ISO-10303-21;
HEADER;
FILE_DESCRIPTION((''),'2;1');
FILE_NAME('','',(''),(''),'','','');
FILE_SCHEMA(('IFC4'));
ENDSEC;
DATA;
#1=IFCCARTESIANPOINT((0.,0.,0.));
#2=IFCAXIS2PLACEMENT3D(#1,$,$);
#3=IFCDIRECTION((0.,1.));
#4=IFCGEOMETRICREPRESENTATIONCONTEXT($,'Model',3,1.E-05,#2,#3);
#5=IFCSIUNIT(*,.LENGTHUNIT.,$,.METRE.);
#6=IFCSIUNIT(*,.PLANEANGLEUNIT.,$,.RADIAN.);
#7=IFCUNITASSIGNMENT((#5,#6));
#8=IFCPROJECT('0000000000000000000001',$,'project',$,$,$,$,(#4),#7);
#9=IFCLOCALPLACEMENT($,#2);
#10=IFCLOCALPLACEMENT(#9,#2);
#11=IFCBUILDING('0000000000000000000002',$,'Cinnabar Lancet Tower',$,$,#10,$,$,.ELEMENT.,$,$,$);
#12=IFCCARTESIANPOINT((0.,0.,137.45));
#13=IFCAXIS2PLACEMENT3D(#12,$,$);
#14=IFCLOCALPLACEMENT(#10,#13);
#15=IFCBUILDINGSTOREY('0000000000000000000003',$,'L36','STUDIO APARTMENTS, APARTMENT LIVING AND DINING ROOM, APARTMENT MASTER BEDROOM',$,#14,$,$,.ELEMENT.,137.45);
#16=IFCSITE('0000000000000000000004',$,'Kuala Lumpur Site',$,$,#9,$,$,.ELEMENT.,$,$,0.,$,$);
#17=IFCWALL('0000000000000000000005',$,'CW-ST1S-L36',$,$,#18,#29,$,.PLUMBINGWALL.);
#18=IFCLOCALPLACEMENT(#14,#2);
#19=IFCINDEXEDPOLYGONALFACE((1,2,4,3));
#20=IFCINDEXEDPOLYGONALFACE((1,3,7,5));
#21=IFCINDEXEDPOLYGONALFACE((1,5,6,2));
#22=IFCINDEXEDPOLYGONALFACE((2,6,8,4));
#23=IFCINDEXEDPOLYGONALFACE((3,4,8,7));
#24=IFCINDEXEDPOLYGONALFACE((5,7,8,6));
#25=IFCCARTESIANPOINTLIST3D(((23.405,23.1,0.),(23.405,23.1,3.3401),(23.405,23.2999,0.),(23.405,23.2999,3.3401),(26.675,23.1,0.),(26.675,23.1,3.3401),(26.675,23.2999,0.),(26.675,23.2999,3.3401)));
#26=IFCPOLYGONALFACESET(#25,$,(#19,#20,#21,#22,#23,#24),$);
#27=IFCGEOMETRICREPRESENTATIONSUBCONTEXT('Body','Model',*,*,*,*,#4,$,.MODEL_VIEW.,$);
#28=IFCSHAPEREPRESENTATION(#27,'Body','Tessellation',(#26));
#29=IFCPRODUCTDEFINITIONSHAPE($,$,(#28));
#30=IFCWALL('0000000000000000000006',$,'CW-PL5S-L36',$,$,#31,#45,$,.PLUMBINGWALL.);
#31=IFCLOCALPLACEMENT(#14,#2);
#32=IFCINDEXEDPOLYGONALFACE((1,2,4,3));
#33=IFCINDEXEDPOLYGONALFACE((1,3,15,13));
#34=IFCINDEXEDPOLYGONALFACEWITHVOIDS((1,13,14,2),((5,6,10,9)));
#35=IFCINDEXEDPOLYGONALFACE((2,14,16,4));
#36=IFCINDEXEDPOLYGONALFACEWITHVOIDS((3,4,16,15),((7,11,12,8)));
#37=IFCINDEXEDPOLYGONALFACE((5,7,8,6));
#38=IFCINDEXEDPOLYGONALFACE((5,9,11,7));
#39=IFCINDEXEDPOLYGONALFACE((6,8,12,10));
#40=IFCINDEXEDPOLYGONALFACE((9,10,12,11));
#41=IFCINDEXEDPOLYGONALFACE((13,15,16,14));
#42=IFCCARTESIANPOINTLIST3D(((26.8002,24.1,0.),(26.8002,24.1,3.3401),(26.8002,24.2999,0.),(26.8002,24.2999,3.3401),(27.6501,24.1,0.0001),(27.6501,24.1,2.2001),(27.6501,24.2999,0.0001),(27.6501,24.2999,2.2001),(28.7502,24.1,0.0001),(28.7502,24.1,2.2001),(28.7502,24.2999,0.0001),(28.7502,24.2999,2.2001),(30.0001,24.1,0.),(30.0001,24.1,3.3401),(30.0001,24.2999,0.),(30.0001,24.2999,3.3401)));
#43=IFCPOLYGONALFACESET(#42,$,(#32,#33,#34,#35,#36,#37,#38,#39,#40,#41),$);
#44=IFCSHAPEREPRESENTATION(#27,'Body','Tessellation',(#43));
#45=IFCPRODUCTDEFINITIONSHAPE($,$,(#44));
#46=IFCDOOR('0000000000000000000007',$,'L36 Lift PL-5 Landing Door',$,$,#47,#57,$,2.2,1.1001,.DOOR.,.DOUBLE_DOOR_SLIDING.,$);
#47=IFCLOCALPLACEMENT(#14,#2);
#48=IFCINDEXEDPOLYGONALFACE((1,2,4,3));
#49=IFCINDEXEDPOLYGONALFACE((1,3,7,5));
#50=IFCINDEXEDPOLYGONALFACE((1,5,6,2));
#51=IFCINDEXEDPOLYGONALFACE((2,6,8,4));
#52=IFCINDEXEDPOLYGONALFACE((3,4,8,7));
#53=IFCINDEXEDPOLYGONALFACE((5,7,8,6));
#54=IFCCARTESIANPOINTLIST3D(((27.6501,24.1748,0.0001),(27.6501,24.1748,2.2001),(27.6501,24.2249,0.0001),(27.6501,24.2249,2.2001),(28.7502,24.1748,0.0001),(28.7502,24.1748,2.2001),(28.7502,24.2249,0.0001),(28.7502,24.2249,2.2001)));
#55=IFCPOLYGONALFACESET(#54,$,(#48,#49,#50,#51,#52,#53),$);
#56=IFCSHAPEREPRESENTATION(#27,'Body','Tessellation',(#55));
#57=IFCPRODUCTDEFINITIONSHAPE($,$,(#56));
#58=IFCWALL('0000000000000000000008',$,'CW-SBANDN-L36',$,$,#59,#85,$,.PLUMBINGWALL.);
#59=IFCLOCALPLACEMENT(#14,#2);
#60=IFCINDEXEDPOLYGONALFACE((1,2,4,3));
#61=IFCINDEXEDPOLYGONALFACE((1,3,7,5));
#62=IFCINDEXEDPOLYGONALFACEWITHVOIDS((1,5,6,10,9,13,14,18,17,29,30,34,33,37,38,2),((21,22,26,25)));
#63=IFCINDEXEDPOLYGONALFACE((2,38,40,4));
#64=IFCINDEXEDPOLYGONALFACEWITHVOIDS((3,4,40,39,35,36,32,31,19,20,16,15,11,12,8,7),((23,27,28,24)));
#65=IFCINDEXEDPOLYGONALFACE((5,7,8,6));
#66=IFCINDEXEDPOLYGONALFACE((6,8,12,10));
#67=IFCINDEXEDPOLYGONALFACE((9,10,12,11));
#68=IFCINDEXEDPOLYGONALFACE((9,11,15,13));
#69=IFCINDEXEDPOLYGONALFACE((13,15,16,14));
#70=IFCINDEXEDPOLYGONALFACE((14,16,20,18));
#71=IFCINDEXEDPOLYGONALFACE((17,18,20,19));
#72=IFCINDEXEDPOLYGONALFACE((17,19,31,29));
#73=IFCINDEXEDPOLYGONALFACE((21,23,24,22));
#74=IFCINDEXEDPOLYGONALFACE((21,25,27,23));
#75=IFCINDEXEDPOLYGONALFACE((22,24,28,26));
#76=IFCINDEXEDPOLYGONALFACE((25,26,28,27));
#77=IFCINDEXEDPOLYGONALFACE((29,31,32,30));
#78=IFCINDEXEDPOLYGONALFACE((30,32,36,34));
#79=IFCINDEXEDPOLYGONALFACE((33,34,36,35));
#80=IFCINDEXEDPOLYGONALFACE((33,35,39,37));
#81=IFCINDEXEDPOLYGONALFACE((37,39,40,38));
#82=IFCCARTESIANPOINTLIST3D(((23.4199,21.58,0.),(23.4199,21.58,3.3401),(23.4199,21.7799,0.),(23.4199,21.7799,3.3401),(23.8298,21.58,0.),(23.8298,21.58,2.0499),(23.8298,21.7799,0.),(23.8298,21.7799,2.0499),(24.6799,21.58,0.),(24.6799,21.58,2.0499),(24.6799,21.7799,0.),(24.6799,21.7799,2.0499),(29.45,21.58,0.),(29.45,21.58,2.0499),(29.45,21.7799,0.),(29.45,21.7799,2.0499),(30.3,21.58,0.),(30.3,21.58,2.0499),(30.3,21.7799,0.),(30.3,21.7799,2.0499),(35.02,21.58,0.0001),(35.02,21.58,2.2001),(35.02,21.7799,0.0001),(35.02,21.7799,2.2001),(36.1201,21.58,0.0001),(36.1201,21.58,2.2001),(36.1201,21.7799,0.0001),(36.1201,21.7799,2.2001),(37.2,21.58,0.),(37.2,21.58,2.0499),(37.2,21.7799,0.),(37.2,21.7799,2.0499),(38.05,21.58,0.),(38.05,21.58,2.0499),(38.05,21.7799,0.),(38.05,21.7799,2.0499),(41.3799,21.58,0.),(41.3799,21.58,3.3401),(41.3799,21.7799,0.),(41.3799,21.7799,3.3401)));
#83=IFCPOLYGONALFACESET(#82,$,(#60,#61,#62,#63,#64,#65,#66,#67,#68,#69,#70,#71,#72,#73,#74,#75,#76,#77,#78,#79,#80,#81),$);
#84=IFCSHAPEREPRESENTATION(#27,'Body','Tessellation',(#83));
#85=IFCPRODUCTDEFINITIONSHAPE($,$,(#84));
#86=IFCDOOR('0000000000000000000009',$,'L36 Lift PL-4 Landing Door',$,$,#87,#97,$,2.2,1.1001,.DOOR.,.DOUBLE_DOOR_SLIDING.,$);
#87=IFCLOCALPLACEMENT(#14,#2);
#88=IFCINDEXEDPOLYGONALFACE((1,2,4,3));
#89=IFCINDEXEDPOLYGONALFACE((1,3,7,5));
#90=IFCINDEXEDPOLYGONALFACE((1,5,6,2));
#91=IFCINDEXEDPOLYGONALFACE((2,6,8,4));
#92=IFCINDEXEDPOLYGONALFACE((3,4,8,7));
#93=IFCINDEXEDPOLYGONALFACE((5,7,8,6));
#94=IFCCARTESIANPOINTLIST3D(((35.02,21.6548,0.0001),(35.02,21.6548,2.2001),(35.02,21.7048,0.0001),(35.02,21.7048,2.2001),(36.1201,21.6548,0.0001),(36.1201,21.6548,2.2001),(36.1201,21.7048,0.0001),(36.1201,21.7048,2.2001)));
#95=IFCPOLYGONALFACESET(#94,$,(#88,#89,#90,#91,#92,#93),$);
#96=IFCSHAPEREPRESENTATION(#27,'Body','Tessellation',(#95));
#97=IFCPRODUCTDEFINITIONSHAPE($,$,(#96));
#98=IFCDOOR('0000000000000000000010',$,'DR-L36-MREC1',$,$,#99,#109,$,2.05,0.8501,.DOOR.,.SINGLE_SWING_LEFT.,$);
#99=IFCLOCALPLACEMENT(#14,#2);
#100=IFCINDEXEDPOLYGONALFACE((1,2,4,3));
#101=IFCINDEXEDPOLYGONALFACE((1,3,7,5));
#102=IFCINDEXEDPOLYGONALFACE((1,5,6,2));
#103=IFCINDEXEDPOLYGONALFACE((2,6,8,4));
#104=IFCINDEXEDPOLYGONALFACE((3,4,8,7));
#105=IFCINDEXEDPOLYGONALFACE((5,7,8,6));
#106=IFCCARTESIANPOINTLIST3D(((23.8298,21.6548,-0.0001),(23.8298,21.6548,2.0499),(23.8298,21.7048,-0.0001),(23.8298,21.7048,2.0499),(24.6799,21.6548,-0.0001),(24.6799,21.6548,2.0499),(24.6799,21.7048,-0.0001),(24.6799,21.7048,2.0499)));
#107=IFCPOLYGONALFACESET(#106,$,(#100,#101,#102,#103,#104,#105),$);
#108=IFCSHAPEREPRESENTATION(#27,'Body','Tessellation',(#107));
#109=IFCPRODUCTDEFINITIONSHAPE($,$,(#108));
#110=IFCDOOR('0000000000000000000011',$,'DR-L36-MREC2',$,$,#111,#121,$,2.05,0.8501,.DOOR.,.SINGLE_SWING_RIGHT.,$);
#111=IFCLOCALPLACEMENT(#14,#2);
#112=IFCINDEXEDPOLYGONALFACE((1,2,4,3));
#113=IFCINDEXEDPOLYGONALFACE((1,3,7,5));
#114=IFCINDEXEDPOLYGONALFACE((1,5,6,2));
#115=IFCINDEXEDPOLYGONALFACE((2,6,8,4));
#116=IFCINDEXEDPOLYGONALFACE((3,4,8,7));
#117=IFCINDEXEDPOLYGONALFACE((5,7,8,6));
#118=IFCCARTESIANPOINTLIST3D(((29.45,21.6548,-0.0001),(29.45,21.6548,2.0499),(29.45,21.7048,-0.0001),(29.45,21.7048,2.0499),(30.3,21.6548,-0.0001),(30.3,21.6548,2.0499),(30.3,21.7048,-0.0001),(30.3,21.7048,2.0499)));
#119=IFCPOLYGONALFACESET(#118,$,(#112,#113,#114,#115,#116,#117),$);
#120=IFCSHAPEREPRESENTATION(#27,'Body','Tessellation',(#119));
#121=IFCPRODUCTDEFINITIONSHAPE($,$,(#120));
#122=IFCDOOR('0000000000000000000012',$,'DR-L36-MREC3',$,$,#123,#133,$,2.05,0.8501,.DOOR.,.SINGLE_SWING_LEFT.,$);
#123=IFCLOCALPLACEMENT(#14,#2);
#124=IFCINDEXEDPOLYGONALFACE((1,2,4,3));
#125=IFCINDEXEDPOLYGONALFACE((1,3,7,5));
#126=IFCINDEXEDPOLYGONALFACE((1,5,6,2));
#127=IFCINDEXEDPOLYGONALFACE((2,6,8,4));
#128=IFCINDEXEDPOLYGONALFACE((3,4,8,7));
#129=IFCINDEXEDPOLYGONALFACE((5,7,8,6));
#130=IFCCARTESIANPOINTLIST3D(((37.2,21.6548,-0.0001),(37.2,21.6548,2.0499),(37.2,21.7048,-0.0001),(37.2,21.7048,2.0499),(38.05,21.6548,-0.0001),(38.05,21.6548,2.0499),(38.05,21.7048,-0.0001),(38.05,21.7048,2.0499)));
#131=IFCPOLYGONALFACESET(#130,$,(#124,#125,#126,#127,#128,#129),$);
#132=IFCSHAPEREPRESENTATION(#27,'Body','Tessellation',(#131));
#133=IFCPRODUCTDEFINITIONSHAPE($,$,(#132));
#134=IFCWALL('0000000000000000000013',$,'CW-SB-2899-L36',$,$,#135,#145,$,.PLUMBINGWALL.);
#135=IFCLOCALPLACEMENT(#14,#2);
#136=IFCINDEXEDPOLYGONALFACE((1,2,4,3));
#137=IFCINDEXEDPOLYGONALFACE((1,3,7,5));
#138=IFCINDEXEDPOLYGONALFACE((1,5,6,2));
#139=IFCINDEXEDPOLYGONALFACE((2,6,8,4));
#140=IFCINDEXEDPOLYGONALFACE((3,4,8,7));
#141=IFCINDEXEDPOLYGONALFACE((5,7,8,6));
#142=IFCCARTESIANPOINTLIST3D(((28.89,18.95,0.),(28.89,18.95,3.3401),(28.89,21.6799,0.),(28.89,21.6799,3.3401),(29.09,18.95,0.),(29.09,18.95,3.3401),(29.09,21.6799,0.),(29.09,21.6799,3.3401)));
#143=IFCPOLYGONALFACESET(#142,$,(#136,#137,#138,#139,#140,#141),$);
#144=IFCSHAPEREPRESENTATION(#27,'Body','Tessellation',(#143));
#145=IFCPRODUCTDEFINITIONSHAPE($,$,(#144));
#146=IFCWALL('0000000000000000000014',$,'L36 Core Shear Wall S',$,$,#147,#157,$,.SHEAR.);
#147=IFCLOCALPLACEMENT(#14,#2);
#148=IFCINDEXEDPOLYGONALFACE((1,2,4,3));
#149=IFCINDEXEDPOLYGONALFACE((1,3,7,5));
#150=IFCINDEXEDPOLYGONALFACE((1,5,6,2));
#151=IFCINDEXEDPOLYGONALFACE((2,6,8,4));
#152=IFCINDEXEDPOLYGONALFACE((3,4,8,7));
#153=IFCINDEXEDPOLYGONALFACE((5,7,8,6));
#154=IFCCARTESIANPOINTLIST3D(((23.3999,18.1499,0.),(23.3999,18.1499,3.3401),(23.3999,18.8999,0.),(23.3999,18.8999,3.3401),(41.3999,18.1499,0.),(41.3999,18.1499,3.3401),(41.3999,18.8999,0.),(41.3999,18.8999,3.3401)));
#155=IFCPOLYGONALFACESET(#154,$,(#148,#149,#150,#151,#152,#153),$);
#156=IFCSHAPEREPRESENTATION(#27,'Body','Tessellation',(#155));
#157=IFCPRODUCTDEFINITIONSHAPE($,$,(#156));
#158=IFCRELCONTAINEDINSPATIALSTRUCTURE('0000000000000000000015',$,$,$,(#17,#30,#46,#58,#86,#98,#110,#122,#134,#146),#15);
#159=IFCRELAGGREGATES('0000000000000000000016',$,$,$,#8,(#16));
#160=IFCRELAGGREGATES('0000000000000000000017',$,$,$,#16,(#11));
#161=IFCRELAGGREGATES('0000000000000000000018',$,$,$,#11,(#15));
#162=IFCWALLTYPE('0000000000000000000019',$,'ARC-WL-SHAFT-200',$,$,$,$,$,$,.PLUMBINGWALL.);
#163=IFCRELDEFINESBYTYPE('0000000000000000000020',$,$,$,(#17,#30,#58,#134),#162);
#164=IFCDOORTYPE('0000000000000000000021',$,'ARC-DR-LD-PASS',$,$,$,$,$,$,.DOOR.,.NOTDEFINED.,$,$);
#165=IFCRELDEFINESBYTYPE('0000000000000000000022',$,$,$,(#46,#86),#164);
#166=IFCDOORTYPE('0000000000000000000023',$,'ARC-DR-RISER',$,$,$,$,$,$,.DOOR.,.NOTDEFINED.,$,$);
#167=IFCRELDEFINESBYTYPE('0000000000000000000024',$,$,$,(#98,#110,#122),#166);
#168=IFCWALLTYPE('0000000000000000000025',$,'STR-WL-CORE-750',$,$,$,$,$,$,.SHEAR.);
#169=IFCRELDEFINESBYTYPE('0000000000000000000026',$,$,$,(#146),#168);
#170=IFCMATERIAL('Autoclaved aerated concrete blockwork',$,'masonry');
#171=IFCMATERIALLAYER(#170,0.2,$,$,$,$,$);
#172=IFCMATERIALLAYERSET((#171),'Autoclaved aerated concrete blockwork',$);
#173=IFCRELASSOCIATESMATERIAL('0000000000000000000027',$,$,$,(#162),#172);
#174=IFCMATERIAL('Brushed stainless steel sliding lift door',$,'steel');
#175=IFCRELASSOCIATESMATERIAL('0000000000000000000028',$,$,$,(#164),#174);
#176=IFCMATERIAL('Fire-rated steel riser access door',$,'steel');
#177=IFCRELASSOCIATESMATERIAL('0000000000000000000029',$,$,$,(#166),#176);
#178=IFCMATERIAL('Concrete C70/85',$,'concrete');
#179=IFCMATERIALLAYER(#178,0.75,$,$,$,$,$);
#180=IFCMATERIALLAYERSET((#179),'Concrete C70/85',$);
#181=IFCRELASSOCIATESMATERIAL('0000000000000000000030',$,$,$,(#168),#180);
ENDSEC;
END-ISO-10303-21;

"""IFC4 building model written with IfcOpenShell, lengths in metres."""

from ifc_helpers import new_model, si_unit, direction, frame, frame_2d, origin, place, context, subcontext, project, spatial, rectangle, extrude, material, layer, layer_set, type_object, element, fill, save


model = new_model("IFC4")

# Units and contexts
model_context = context("Model", 3, precision=1e-05, world=origin(), true_north=direction((0.0, 1.0)))
body_context = subcontext(model_context, "Body", "Model", "MODEL_VIEW")
ifc_project = project(units=[si_unit("LENGTHUNIT", "METRE"), si_unit("PLANEANGLEUNIT", "RADIAN")], contexts=[model_context])

# Site, building, storey
site_placement = place(None, origin())
site = spatial("IfcSite", under=ifc_project, at=site_placement, Name="Kuala Lumpur Site", CompositionType="ELEMENT", RefElevation=0.0)
building_placement = place(site_placement, origin())
building = spatial("IfcBuilding", under=site, at=building_placement, Name="Cinnabar Lancet Tower", CompositionType="ELEMENT")
storey_placement = place(building_placement, frame((0.0, 0.0, 137.45)))
storey = spatial("IfcBuildingStorey", under=building, at=storey_placement, Name="L36", Description="STUDIO APARTMENTS, APARTMENT LIVING AND DINING ROOM, APARTMENT MASTER BEDROOM", CompositionType="ELEMENT", Elevation=137.45)

# Wall
ifc_material_1 = material(Name="Autoclaved aerated concrete blockwork", Category="masonry")
ifc_layer_1 = layer(ifc_material_1, 0.2)
ifc_layer_set_1 = layer_set([ifc_layer_1], Name="Autoclaved aerated concrete blockwork")
wall_type_1 = type_object("IfcWallType", Name="ARC-WL-SHAFT-200", PredefinedType="PLUMBINGWALL", material=ifc_layer_set_1)
wall_1_placement = place(storey_placement, frame((23.405, 23.2, 0.0), z_axis=(0.0, 0.0, 1.0), x_axis=(1.0, 0.0, 0.0)))
element("IfcWall", 1, at=wall_1_placement, inside=storey, type_object=wall_type_1, Name="CW-ST1S-L36", PredefinedType="PLUMBINGWALL", context=body_context, shape_type="SweptSolid", body=[
    extrude(rectangle(XDim=3.27, YDim=0.2, at=frame_2d((1.635, 0.0))), origin(), (0.0, 0.0, 1.0), 3.3401),
])

# Wall, opening, door
wall_2_placement = place(storey_placement, frame((26.8, 24.2, 0.0), z_axis=(0.0, 0.0, 1.0), x_axis=(1.0, 0.0, 0.0)))
wall_2 = element("IfcWall", 2, at=wall_2_placement, inside=storey, type_object=wall_type_1, Name="CW-PL5S-L36", PredefinedType="PLUMBINGWALL", context=body_context, shape_type="SweptSolid", body=[
    extrude(rectangle(XDim=3.2, YDim=0.2, at=frame_2d((1.6001, 0.0))), origin(), (0.0, 0.0, 1.0), 3.3401),
])
opening_1_placement = place(wall_2_placement, frame((0.8501, 0.0, 0.0)))
opening_1 = element("IfcOpeningElement", 3, at=opening_1_placement, cuts=wall_2, PredefinedType="OPENING", context=body_context, shape_type="SweptSolid", body=[
    extrude(rectangle(XDim=1.1001, YDim=2.2, at=frame_2d((0.55, 1.1001))), frame((0.0, 0.1099, 0.0), z_axis=(0.0, -1.0, 0.0), x_axis=(1.0, 0.0, 0.0)), (0.0, 0.0, 1.0), 0.22),
])
ifc_material_2 = material(Name="Brushed stainless steel sliding lift door", Category="steel")
door_type_1 = type_object("IfcDoorType", Name="ARC-DR-LD-PASS", OperationType="NOTDEFINED", PredefinedType="DOOR", material=ifc_material_2)
door_1_placement = place(opening_1_placement, origin())
door_1 = element("IfcDoor", 4, at=door_1_placement, inside=storey, type_object=door_type_1, Name="L36 Lift PL-5 Landing Door", OperationType="DOUBLE_DOOR_SLIDING", OverallHeight=2.2, OverallWidth=1.1001, PredefinedType="DOOR", context=body_context, shape_type="SweptSolid", body=[
    extrude(rectangle(XDim=1.1001, YDim=2.2, at=frame_2d((0.55, 1.1001))), frame((0.0, 0.0249, 0.0), z_axis=(0.0, -1.0, 0.0), x_axis=(1.0, 0.0, 0.0)), (0.0, 0.0, 1.0), 0.05),
])
fill(opening_1, door_1)

# Wall, openings, doors
wall_3_placement = place(storey_placement, frame((23.4199, 21.6799, 0.0), z_axis=(0.0, 0.0, 1.0), x_axis=(1.0, 0.0, 0.0)))
wall_3 = element("IfcWall", 5, at=wall_3_placement, inside=storey, type_object=wall_type_1, Name="CW-SBANDN-L36", PredefinedType="PLUMBINGWALL", context=body_context, shape_type="SweptSolid", body=[
    extrude(rectangle(XDim=17.96, YDim=0.2, at=frame_2d((8.98, 0.0))), origin(), (0.0, 0.0, 1.0), 3.3401),
])
opening_2_placement = place(wall_3_placement, frame((11.6001, 0.0, 0.0)))
opening_2 = element("IfcOpeningElement", 6, at=opening_2_placement, cuts=wall_3, PredefinedType="OPENING", context=body_context, shape_type="SweptSolid", body=[
    extrude(rectangle(XDim=1.1001, YDim=2.2, at=frame_2d((0.55, 1.1001))), frame((0.0, 0.1099, 0.0), z_axis=(0.0, -1.0, 0.0), x_axis=(1.0, 0.0, 0.0)), (0.0, 0.0, 1.0), 0.22),
])
opening_3_placement = place(wall_3_placement, frame((0.4099, 0.0, 0.0)))
opening_3 = element("IfcOpeningElement", 7, at=opening_3_placement, cuts=wall_3, PredefinedType="OPENING", context=body_context, shape_type="SweptSolid", body=[
    extrude(rectangle(XDim=0.8501, YDim=2.05, at=frame_2d((0.425, 1.0249))), frame((0.0, 0.1099, 0.0), z_axis=(0.0, -1.0, 0.0), x_axis=(1.0, 0.0, 0.0)), (0.0, 0.0, 1.0), 0.22),
])
opening_4_placement = place(wall_3_placement, frame((6.03, 0.0, 0.0)))
opening_4 = element("IfcOpeningElement", 8, at=opening_4_placement, cuts=wall_3, PredefinedType="OPENING", context=body_context, shape_type="SweptSolid", body=[
    extrude(rectangle(XDim=0.8501, YDim=2.05, at=frame_2d((0.425, 1.0249))), frame((0.0, 0.1099, 0.0), z_axis=(0.0, -1.0, 0.0), x_axis=(1.0, 0.0, 0.0)), (0.0, 0.0, 1.0), 0.22),
])
opening_5_placement = place(wall_3_placement, frame((13.78, 0.0, 0.0)))
opening_5 = element("IfcOpeningElement", 9, at=opening_5_placement, cuts=wall_3, PredefinedType="OPENING", context=body_context, shape_type="SweptSolid", body=[
    extrude(rectangle(XDim=0.8501, YDim=2.05, at=frame_2d((0.425, 1.0249))), frame((0.0, 0.1099, 0.0), z_axis=(0.0, -1.0, 0.0), x_axis=(1.0, 0.0, 0.0)), (0.0, 0.0, 1.0), 0.22),
])
door_2_placement = place(opening_2_placement, origin())
door_2 = element("IfcDoor", 10, at=door_2_placement, inside=storey, type_object=door_type_1, Name="L36 Lift PL-4 Landing Door", OperationType="DOUBLE_DOOR_SLIDING", OverallHeight=2.2, OverallWidth=1.1001, PredefinedType="DOOR", context=body_context, shape_type="SweptSolid", body=[
    extrude(rectangle(XDim=1.1001, YDim=2.2, at=frame_2d((0.55, 1.1001))), frame((0.0, 0.0249, 0.0), z_axis=(0.0, -1.0, 0.0), x_axis=(1.0, 0.0, 0.0)), (0.0, 0.0, 1.0), 0.05),
])
fill(opening_2, door_2)
ifc_material_3 = material(Name="Fire-rated steel riser access door", Category="steel")
door_type_2 = type_object("IfcDoorType", Name="ARC-DR-RISER", OperationType="NOTDEFINED", PredefinedType="DOOR", material=ifc_material_3)
door_3_placement = place(opening_3_placement, origin())
door_3 = element("IfcDoor", 11, at=door_3_placement, inside=storey, type_object=door_type_2, Name="DR-L36-MREC1", OperationType="SINGLE_SWING_LEFT", OverallHeight=2.05, OverallWidth=0.8501, PredefinedType="DOOR", context=body_context, shape_type="SweptSolid", body=[
    extrude(rectangle(XDim=0.8501, YDim=2.05, at=frame_2d((0.425, 1.0249))), frame((0.0, 0.0249, 0.0), z_axis=(0.0, -1.0, 0.0), x_axis=(1.0, 0.0, 0.0)), (0.0, 0.0, 1.0), 0.05),
])
fill(opening_3, door_3)
door_4_placement = place(opening_4_placement, origin())
door_4 = element("IfcDoor", 12, at=door_4_placement, inside=storey, type_object=door_type_2, Name="DR-L36-MREC2", OperationType="SINGLE_SWING_RIGHT", OverallHeight=2.05, OverallWidth=0.8501, PredefinedType="DOOR", context=body_context, shape_type="SweptSolid", body=[
    extrude(rectangle(XDim=0.8501, YDim=2.05, at=frame_2d((0.425, 1.0249))), frame((0.0, 0.0249, 0.0), z_axis=(0.0, -1.0, 0.0), x_axis=(1.0, 0.0, 0.0)), (0.0, 0.0, 1.0), 0.05),
])
fill(opening_4, door_4)
door_5_placement = place(opening_5_placement, origin())
door_5 = element("IfcDoor", 13, at=door_5_placement, inside=storey, type_object=door_type_2, Name="DR-L36-MREC3", OperationType="SINGLE_SWING_LEFT", OverallHeight=2.05, OverallWidth=0.8501, PredefinedType="DOOR", context=body_context, shape_type="SweptSolid", body=[
    extrude(rectangle(XDim=0.8501, YDim=2.05, at=frame_2d((0.425, 1.0249))), frame((0.0, 0.0249, 0.0), z_axis=(0.0, -1.0, 0.0), x_axis=(1.0, 0.0, 0.0)), (0.0, 0.0, 1.0), 0.05),
])
fill(opening_5, door_5)

# Walls
wall_4_placement = place(storey_placement, frame((28.99, 18.95, 0.0), z_axis=(0.0, 0.0, 1.0), x_axis=(0.0, 1.0, 0.0)))
element("IfcWall", 14, at=wall_4_placement, inside=storey, type_object=wall_type_1, Name="CW-SB-2899-L36", PredefinedType="PLUMBINGWALL", context=body_context, shape_type="SweptSolid", body=[
    extrude(rectangle(XDim=2.73, YDim=0.2, at=frame_2d((1.365, 0.0))), origin(), (0.0, 0.0, 1.0), 3.3401),
])
ifc_material_4 = material(Name="Concrete C70/85", Category="concrete")
ifc_layer_2 = layer(ifc_material_4, 0.75)
ifc_layer_set_2 = layer_set([ifc_layer_2], Name="Concrete C70/85")
wall_type_2 = type_object("IfcWallType", Name="STR-WL-CORE-750", PredefinedType="SHEAR", material=ifc_layer_set_2)
wall_5_placement = place(storey_placement, frame((23.3999, 18.5249, 0.0), z_axis=(0.0, 0.0, 1.0), x_axis=(1.0, 0.0, 0.0)))
element("IfcWall", 15, at=wall_5_placement, inside=storey, type_object=wall_type_2, Name="L36 Core Shear Wall S", PredefinedType="SHEAR", context=body_context, shape_type="SweptSolid", body=[
    extrude(rectangle(XDim=18.0, YDim=0.75, at=frame_2d((9.0, 0.0))), origin(), (0.0, 0.0, 1.0), 3.3401),
])

save(model, "model.ifc")
